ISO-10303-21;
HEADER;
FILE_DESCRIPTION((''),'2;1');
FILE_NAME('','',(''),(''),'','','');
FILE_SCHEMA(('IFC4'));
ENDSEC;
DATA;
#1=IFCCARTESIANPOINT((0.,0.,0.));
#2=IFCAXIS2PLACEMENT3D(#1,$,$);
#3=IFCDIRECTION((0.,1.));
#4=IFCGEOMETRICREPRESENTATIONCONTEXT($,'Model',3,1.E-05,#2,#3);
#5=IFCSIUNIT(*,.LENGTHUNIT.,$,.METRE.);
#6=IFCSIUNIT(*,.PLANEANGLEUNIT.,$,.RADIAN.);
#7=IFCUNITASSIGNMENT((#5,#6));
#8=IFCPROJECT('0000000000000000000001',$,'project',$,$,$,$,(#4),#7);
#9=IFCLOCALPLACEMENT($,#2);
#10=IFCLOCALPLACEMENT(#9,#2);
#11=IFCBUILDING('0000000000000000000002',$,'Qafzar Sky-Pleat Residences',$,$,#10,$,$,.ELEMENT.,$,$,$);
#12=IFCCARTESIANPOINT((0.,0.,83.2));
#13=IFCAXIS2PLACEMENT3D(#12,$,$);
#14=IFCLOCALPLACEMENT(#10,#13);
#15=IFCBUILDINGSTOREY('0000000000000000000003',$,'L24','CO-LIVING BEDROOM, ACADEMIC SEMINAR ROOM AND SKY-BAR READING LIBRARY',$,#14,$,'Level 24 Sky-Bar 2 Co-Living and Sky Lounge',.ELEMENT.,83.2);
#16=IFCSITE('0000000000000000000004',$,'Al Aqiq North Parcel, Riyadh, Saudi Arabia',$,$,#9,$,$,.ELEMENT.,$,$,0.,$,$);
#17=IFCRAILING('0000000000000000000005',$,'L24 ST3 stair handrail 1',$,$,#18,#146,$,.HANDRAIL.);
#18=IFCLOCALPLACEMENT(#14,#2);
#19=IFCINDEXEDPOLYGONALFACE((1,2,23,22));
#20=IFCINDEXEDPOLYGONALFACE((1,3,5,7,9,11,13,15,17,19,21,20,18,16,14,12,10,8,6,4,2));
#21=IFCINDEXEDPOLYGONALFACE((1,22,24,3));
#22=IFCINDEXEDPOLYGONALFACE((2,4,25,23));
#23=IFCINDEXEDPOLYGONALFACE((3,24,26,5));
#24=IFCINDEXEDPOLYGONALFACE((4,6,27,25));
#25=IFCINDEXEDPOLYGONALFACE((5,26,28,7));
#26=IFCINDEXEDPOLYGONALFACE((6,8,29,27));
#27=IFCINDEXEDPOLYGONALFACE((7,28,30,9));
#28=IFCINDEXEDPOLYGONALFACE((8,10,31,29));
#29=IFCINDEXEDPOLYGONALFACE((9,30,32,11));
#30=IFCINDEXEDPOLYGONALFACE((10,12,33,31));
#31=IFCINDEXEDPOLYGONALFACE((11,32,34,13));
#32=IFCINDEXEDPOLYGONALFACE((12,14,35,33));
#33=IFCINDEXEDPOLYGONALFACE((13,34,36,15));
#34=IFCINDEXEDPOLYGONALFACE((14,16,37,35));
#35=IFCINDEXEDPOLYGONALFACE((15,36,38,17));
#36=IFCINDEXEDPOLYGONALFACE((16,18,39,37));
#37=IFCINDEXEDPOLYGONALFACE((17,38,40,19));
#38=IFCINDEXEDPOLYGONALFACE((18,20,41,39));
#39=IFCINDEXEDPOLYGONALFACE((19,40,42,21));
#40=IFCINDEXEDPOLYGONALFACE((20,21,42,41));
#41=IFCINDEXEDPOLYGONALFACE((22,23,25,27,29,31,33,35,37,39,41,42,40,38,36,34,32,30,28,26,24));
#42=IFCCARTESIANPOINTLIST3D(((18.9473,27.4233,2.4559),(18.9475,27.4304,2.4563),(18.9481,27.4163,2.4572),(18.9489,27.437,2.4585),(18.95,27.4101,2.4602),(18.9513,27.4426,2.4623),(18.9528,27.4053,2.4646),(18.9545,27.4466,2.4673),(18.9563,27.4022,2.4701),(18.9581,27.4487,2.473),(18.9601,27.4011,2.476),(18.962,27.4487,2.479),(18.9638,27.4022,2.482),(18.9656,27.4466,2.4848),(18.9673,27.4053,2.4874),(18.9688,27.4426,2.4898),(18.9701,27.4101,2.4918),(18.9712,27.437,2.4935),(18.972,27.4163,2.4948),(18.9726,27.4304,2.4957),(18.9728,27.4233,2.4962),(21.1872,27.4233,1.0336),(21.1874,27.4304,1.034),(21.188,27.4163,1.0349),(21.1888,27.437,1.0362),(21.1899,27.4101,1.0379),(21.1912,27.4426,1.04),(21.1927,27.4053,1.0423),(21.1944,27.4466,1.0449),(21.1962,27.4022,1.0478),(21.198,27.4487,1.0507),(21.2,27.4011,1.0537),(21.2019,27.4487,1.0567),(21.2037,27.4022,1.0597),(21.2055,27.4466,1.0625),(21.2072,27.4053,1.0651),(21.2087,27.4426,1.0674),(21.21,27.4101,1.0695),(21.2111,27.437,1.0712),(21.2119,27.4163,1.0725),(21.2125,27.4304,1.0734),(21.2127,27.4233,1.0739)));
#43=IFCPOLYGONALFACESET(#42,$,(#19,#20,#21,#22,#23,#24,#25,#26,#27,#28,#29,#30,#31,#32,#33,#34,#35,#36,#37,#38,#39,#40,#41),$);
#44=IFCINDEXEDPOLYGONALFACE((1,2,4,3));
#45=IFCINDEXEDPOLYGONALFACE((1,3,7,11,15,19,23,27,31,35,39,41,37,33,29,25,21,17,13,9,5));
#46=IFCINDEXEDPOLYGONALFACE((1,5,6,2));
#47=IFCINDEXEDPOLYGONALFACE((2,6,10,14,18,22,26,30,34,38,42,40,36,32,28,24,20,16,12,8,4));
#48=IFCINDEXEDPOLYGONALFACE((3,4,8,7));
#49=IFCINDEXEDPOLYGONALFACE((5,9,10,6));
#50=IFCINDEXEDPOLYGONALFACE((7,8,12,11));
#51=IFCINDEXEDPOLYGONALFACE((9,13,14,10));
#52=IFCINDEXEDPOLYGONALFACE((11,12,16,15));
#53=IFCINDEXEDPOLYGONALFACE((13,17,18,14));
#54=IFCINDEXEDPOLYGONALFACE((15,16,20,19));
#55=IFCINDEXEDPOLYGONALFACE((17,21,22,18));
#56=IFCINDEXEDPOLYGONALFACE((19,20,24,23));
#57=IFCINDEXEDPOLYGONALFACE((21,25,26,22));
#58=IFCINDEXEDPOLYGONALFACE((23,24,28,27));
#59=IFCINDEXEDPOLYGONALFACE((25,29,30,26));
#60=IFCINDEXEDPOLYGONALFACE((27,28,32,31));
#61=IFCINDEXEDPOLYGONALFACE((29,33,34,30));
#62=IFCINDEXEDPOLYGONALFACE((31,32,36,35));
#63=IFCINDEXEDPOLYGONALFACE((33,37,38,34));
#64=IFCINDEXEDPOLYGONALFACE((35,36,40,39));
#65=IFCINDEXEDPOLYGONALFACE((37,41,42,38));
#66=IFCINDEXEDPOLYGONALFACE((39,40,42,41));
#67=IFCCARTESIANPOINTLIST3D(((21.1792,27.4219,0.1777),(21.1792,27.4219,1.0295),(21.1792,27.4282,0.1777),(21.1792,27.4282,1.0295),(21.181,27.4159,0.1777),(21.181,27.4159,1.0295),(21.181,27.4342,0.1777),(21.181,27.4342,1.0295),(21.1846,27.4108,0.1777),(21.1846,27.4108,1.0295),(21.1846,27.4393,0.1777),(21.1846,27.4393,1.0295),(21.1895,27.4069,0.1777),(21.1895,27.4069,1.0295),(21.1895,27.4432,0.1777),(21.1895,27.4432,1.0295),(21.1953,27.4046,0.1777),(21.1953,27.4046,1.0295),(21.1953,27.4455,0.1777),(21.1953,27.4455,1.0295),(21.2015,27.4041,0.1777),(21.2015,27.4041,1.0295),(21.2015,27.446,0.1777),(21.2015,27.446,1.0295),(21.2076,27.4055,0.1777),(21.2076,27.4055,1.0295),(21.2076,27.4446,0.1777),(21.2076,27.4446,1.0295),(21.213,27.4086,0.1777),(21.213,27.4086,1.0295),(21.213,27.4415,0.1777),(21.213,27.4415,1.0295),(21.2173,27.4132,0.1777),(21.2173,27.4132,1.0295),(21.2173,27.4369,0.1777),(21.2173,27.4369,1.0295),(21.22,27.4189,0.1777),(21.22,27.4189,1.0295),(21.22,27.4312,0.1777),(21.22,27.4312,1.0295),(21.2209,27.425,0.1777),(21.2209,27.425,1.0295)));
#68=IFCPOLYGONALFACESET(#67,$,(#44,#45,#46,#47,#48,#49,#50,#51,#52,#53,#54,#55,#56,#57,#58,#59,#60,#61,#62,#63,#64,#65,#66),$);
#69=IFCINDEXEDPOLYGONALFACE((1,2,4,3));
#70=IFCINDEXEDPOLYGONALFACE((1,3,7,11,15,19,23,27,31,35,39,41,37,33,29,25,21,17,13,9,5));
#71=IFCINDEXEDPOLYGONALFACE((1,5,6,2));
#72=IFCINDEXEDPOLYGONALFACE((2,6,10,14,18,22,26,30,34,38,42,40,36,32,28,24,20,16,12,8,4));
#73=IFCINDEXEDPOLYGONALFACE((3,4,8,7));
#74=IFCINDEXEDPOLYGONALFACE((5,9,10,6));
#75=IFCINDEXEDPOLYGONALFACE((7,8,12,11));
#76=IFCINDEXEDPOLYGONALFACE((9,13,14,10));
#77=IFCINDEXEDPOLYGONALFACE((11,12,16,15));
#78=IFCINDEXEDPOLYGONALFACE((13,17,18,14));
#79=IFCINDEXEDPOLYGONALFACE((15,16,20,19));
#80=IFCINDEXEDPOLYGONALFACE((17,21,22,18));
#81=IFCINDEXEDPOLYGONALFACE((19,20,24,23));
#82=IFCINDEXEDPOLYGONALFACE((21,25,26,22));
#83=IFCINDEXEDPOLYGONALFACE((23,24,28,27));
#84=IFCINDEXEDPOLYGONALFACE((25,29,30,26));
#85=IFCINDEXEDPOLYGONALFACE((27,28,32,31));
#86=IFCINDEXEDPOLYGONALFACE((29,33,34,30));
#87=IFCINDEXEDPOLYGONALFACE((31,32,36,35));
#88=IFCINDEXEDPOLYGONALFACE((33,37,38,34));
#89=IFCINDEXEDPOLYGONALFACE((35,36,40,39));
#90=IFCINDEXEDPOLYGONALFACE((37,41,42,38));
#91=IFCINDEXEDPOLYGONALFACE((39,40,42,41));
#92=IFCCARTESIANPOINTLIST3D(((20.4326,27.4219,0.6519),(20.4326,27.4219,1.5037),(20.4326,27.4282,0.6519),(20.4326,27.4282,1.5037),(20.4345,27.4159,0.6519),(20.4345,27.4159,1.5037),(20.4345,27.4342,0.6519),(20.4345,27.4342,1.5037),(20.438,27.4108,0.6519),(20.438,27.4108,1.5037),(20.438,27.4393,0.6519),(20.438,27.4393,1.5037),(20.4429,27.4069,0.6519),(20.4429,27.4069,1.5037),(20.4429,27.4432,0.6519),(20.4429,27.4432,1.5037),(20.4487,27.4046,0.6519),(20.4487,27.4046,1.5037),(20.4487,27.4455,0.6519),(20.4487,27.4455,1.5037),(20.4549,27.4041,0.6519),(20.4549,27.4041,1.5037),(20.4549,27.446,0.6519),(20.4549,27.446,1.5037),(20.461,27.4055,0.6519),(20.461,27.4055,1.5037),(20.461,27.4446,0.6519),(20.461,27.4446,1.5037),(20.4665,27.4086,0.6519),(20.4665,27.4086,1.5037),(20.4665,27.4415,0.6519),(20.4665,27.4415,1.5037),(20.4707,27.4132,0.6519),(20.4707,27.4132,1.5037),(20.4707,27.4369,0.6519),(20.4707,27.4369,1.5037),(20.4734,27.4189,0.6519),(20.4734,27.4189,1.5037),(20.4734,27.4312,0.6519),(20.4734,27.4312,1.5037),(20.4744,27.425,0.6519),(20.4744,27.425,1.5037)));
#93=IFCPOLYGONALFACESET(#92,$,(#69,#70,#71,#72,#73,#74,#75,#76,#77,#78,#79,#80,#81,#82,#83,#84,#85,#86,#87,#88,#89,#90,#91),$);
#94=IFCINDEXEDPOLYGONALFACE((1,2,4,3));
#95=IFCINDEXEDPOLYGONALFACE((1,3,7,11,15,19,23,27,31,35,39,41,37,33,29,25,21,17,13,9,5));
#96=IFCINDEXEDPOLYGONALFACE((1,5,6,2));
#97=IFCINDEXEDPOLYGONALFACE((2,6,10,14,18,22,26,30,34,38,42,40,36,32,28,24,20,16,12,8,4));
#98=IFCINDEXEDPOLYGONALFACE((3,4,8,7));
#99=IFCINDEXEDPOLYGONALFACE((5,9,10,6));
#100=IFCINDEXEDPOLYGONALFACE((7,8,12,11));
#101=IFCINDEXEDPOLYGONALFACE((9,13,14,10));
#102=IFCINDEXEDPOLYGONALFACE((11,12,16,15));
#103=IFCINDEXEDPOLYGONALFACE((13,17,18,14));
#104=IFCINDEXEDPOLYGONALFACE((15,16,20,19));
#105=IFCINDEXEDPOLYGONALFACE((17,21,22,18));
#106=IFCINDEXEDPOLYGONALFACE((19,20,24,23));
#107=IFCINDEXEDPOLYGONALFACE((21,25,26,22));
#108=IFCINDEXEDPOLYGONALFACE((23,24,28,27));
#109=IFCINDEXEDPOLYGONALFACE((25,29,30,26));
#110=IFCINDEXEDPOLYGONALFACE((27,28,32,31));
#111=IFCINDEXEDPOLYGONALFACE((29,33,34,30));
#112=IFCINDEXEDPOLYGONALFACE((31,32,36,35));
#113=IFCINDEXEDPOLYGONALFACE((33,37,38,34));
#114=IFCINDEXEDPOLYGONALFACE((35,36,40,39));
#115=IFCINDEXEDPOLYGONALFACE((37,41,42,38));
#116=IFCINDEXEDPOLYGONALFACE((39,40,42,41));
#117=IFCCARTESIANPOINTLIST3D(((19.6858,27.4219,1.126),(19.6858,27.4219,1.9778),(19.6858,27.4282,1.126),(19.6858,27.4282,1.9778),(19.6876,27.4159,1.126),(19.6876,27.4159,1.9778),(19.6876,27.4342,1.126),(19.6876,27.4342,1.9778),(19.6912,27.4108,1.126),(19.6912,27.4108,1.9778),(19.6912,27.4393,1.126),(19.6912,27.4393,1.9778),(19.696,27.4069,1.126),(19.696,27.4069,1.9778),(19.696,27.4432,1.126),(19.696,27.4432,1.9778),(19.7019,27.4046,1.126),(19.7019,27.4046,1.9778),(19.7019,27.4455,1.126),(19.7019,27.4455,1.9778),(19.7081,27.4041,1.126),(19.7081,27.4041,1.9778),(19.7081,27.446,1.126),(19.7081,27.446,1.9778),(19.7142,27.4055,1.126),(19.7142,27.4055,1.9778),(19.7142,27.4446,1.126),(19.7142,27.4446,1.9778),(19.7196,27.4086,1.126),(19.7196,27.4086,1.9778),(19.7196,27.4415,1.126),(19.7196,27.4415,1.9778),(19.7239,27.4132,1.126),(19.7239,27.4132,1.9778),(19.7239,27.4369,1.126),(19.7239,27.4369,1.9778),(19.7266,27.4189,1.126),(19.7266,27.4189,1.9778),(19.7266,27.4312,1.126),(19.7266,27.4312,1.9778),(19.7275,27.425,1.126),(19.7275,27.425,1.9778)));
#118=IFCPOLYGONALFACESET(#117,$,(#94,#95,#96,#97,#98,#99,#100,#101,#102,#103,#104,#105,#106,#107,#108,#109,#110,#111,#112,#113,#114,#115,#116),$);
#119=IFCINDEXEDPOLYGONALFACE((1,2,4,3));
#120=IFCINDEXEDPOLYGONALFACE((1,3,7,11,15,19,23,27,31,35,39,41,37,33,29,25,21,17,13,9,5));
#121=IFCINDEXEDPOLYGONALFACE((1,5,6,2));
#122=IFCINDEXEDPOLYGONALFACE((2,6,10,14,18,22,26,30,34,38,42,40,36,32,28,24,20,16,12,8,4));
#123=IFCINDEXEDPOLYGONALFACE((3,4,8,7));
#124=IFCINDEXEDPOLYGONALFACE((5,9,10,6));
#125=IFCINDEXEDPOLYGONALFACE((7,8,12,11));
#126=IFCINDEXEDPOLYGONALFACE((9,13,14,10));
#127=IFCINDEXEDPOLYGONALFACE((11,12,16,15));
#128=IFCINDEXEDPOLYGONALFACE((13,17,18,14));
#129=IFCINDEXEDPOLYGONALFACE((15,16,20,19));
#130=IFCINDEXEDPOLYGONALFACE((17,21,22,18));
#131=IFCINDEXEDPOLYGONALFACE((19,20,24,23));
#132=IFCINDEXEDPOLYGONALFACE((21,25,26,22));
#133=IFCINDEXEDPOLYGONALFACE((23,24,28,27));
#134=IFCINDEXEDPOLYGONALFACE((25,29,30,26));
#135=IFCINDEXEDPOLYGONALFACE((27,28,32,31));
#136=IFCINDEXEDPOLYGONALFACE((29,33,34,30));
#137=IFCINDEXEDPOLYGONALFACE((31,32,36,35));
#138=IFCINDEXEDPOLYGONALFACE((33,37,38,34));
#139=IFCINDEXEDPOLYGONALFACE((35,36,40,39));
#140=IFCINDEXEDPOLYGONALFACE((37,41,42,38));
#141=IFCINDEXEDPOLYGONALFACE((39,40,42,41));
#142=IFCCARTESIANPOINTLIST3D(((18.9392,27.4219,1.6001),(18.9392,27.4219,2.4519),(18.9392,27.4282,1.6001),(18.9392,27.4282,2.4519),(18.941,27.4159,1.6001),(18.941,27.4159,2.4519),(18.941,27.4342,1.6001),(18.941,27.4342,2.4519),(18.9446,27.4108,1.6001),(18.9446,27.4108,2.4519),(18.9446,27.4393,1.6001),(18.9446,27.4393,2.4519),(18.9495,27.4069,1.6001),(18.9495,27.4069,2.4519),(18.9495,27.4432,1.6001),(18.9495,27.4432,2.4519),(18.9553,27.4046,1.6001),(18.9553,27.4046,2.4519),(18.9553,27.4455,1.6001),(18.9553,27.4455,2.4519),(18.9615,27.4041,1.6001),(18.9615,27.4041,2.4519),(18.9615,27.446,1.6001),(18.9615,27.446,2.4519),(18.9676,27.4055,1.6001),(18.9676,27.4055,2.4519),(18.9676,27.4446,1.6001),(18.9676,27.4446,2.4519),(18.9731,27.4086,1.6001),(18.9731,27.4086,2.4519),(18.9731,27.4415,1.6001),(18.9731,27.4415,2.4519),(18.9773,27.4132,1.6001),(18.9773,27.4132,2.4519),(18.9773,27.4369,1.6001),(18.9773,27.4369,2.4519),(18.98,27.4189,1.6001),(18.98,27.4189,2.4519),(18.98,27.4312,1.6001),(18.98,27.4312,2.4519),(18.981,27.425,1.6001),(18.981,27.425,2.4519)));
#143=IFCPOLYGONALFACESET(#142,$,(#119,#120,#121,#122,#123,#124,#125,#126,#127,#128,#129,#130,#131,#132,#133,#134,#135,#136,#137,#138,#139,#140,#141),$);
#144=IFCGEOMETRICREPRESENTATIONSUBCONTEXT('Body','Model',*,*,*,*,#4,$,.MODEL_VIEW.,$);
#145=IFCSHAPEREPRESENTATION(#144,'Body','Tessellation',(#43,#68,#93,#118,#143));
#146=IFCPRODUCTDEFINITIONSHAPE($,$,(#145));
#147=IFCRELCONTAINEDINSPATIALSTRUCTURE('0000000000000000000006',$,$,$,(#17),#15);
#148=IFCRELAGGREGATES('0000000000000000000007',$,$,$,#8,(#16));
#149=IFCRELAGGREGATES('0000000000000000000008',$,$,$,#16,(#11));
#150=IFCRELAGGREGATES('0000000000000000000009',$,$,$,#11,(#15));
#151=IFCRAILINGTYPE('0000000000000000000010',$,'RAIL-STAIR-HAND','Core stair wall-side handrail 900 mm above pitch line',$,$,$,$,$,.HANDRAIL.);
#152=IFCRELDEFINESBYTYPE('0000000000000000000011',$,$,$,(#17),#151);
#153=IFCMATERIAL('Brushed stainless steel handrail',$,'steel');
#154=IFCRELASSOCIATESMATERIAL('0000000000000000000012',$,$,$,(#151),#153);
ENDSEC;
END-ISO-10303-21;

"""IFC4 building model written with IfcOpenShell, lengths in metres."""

from ifc_helpers import new_model, si_unit, direction, frame, origin, origin_2d, place, context, subcontext, project, spatial, circle, extrude, source, transform, mapped, material, type_object, element, save


model = new_model("IFC4")

# Units and contexts
model_context = context("Model", 3, precision=1e-05, world=origin(), true_north=direction((0.0, 1.0)))
body_context = subcontext(model_context, "Body", "Model", "MODEL_VIEW")
ifc_project = project(units=[si_unit("LENGTHUNIT", "METRE"), si_unit("PLANEANGLEUNIT", "RADIAN")], contexts=[model_context])

# Site, building, storey
site_placement = place(None, origin())
site = spatial("IfcSite", under=ifc_project, at=site_placement, Name="Al Aqiq North Parcel, Riyadh, Saudi Arabia", CompositionType="ELEMENT", RefElevation=0.0)
building_placement = place(site_placement, origin())
building = spatial("IfcBuilding", under=site, at=building_placement, Name="Qafzar Sky-Pleat Residences", CompositionType="ELEMENT")
storey_placement = place(building_placement, frame((0.0, 0.0, 83.2)))
storey = spatial("IfcBuildingStorey", under=building, at=storey_placement, Name="L24", Description="CO-LIVING BEDROOM, ACADEMIC SEMINAR ROOM AND SKY-BAR READING LIBRARY", LongName="Level 24 Sky-Bar 2 Co-Living and Sky Lounge", CompositionType="ELEMENT", Elevation=83.2)

# Railing
ifc_material_1 = material(Name="Brushed stainless steel handrail", Category="steel")
railing_type_1 = type_object("IfcRailingType", Name="RAIL-STAIR-HAND", Description="Core stair wall-side handrail 900 mm above pitch line", PredefinedType="HANDRAIL", material=ifc_material_1)
shared_shape_1 = source(origin(), body_context, "Body", "SweptSolid", [
    extrude(circle(Radius=0.0239, at=origin_2d()), frame((0.0, 0.0, 0.876), z_axis=(-0.844188, 0.0, 0.536048), x_axis=(0.0, -1.0, 0.0)), (0.0, 0.0, 1.0), 2.6533),
    extrude(circle(Radius=0.021, at=origin_2d()), origin(), (0.0, 0.0, 1.0), 0.8518),
    extrude(circle(Radius=0.021, at=origin_2d()), frame((-0.7466, 0.0, 0.4741)), (0.0, 0.0, 1.0), 0.8518),
    extrude(circle(Radius=0.021, at=origin_2d()), frame((-1.4934, 0.0, 0.9482)), (0.0, 0.0, 1.0), 0.8518),
    extrude(circle(Radius=0.021, at=origin_2d()), frame((-2.24, 0.0, 1.4224)), (0.0, 0.0, 1.0), 0.8518),
])
railing_1_placement = place(storey_placement, frame((21.2, 27.425, 0.1777)))
element("IfcRailing", 1, at=railing_1_placement, inside=storey, type_object=railing_type_1, Name="L24 ST3 stair handrail 1", PredefinedType="HANDRAIL", context=body_context, shape_type="MappedRepresentation", body=[
    mapped(shared_shape_1, transform((0.0, 0.0, 0.0), x_axis=(1.0, 0.0, 0.0), y_axis=(0.0, 1.0, 0.0), z_axis=(0.0, 0.0, 1.0), scale=1.0)),
])

save(model, "model.ifc")
